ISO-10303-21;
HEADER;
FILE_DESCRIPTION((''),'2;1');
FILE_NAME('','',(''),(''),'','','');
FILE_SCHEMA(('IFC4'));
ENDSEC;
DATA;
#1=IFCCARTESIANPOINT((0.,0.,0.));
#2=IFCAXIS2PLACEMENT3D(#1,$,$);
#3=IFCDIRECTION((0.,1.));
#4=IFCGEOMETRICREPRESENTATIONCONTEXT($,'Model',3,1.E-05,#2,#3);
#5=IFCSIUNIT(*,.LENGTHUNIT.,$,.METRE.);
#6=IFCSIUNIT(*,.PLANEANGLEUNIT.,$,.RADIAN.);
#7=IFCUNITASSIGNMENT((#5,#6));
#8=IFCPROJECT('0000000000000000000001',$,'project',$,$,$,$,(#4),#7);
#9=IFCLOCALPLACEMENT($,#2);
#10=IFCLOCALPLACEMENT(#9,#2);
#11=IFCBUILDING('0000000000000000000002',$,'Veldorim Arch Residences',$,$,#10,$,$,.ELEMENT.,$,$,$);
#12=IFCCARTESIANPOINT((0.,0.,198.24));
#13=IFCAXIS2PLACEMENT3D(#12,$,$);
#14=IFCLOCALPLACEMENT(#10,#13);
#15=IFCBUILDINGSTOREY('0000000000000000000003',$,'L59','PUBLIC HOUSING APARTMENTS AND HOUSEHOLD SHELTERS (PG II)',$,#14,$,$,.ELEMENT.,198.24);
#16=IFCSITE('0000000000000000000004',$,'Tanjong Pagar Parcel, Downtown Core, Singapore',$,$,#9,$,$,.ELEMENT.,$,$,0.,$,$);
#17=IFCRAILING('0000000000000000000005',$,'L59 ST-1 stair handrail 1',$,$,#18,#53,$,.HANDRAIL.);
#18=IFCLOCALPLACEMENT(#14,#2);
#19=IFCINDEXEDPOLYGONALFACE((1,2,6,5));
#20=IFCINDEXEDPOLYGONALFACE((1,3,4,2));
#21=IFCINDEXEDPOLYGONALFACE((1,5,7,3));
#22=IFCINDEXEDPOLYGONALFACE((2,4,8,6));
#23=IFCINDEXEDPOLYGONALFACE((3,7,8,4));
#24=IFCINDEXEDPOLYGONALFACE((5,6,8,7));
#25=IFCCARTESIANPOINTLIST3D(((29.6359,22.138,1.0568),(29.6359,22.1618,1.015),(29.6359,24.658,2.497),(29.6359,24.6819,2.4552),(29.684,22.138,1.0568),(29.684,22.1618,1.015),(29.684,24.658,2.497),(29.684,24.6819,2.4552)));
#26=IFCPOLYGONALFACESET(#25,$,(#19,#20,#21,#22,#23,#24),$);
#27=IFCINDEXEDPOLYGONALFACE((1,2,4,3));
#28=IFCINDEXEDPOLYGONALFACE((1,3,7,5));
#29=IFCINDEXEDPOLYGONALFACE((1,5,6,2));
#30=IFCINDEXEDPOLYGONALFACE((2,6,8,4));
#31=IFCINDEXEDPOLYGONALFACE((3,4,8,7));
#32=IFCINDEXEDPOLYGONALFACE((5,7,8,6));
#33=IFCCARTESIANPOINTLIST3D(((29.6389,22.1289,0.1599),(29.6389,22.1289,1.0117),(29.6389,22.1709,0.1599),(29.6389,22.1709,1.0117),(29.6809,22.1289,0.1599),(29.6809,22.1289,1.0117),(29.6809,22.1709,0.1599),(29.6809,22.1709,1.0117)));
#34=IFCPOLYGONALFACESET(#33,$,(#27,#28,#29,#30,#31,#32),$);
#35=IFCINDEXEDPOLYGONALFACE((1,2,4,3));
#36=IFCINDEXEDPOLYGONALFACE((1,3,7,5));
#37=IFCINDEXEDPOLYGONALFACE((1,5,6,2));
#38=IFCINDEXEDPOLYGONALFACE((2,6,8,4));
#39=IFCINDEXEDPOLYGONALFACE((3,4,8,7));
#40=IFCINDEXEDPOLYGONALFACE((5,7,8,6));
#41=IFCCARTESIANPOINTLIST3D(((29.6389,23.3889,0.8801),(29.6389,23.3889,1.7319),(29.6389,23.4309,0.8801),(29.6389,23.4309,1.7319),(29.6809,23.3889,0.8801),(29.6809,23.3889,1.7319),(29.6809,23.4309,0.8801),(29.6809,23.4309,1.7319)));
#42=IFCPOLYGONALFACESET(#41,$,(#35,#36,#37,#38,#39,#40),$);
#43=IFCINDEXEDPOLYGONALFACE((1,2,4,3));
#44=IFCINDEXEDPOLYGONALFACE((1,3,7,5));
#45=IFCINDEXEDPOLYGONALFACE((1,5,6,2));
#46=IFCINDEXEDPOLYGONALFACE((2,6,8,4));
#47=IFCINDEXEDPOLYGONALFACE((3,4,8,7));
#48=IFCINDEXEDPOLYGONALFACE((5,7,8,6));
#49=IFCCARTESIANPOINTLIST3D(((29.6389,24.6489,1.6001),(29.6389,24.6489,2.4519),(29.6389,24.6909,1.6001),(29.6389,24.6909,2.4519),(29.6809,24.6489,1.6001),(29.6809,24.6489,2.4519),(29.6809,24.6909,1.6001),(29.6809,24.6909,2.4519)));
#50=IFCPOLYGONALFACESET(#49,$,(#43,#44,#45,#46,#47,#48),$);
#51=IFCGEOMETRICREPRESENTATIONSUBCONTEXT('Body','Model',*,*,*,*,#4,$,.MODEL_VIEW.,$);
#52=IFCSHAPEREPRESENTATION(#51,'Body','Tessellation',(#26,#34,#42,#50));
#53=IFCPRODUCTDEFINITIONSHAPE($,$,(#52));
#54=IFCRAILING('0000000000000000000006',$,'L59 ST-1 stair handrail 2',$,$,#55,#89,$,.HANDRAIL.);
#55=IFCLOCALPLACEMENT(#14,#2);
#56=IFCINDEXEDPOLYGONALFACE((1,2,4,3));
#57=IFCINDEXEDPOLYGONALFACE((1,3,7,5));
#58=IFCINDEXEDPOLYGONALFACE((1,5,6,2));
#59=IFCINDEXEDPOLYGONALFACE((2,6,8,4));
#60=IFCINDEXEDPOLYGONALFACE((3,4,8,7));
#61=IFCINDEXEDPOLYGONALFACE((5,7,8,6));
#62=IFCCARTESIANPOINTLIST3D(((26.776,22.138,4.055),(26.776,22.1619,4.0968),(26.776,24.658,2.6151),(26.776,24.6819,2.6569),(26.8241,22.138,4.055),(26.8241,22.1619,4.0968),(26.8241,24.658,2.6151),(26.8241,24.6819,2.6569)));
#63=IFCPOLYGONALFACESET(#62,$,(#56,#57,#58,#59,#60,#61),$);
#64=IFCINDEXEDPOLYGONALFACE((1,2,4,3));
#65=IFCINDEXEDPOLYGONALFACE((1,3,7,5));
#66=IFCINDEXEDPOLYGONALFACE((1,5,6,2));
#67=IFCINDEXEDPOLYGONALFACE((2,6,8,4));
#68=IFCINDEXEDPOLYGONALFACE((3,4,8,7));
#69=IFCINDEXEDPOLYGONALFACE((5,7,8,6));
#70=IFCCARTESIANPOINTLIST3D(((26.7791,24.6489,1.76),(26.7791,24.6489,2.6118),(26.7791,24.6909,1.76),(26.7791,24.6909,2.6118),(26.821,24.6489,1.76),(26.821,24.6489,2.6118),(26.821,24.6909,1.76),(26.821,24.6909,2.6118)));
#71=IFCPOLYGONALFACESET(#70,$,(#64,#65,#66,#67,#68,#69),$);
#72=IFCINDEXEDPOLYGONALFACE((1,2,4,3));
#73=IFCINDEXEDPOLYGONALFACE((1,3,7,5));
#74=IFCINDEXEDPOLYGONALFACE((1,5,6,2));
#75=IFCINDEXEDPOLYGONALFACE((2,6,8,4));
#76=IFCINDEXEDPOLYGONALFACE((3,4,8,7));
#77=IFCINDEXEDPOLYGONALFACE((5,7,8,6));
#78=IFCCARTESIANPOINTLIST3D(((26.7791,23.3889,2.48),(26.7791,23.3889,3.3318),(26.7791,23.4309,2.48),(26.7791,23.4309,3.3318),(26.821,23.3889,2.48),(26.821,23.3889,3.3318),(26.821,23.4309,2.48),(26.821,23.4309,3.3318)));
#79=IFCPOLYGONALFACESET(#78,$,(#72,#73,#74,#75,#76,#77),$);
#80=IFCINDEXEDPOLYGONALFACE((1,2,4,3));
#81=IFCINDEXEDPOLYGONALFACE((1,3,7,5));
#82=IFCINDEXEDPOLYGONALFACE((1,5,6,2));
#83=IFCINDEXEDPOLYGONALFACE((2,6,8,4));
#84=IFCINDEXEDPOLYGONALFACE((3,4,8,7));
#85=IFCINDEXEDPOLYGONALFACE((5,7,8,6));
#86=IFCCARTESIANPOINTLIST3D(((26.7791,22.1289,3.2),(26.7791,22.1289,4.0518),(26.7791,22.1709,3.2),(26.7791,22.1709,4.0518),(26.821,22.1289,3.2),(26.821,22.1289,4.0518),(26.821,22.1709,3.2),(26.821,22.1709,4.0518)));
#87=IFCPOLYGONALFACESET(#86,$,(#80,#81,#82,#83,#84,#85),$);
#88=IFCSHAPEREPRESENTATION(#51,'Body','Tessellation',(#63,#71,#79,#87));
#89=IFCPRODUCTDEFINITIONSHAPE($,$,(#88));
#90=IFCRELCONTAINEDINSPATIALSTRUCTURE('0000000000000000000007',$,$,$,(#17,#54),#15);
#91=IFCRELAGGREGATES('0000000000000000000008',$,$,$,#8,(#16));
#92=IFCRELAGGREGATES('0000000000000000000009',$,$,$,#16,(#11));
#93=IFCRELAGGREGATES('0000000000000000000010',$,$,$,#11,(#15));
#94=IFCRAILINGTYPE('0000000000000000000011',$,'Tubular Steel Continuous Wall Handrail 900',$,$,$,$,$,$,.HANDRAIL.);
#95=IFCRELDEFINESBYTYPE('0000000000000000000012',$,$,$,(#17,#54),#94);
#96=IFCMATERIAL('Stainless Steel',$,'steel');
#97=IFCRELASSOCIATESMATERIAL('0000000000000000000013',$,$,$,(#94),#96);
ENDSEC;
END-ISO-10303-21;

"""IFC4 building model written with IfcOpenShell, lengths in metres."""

from ifc_helpers import new_model, si_unit, direction, frame, origin, origin_2d, place, context, subcontext, project, spatial, rectangle, extrude, material, type_object, element, save


model = new_model("IFC4")

# Units and contexts
model_context = context("Model", 3, precision=1e-05, world=origin(), true_north=direction((0.0, 1.0)))
body_context = subcontext(model_context, "Body", "Model", "MODEL_VIEW")
ifc_project = project(units=[si_unit("LENGTHUNIT", "METRE"), si_unit("PLANEANGLEUNIT", "RADIAN")], contexts=[model_context])

# Site, building, storey
site_placement = place(None, origin())
site = spatial("IfcSite", under=ifc_project, at=site_placement, Name="Tanjong Pagar Parcel, Downtown Core, Singapore", CompositionType="ELEMENT", RefElevation=0.0)
building_placement = place(site_placement, origin())
building = spatial("IfcBuilding", under=site, at=building_placement, Name="Veldorim Arch Residences", CompositionType="ELEMENT")
storey_placement = place(building_placement, frame((0.0, 0.0, 198.24)))
storey = spatial("IfcBuildingStorey", under=building, at=storey_placement, Name="L59", Description="PUBLIC HOUSING APARTMENTS AND HOUSEHOLD SHELTERS (PG II)", CompositionType="ELEMENT", Elevation=198.24)

# Railings
ifc_material_1 = material(Name="Stainless Steel", Category="steel")
railing_type_1 = type_object("IfcRailingType", Name="Tubular Steel Continuous Wall Handrail 900", PredefinedType="HANDRAIL", material=ifc_material_1)
railing_1_placement = place(storey_placement, frame((29.6599, 22.1499, 0.1599)))
element("IfcRailing", 1, at=railing_1_placement, inside=storey, type_object=railing_type_1, Name="L59 ST-1 stair handrail 1", PredefinedType="HANDRAIL", context=body_context, shape_type="SweptSolid", body=[
    extrude(rectangle(XDim=0.0481, YDim=0.0481, at=origin_2d()), frame((0.0, 0.0, 0.876), z_axis=(0.0, 0.868217, 0.496184), x_axis=(-1.0, 0.0, 0.0)), (0.0, 0.0, 1.0), 2.9026),
    extrude(rectangle(XDim=0.042, YDim=0.042, at=origin_2d()), origin(), (0.0, 0.0, 1.0), 0.8518),
    extrude(rectangle(XDim=0.042, YDim=0.042, at=origin_2d()), frame((0.0, 1.26, 0.7202)), (0.0, 0.0, 1.0), 0.8518),
    extrude(rectangle(XDim=0.042, YDim=0.042, at=origin_2d()), frame((0.0, 2.52, 1.4402)), (0.0, 0.0, 1.0), 0.8518),
])
railing_2_placement = place(storey_placement, frame((26.8, 24.6699, 1.76)))
element("IfcRailing", 2, at=railing_2_placement, inside=storey, type_object=railing_type_1, Name="L59 ST-1 stair handrail 2", PredefinedType="HANDRAIL", context=body_context, shape_type="SweptSolid", body=[
    extrude(rectangle(XDim=0.0481, YDim=0.0481, at=origin_2d()), frame((0.0, 0.0, 0.876), z_axis=(0.0, -0.868253, 0.496121), x_axis=(1.0, 0.0, 0.0)), (0.0, 0.0, 1.0), 2.9023),
    extrude(rectangle(XDim=0.042, YDim=0.042, at=origin_2d()), origin(), (0.0, 0.0, 1.0), 0.8518),
    extrude(rectangle(XDim=0.042, YDim=0.042, at=origin_2d()), frame((0.0, -1.26, 0.72)), (0.0, 0.0, 1.0), 0.8518),
    extrude(rectangle(XDim=0.042, YDim=0.042, at=origin_2d()), frame((0.0, -2.52, 1.4399)), (0.0, 0.0, 1.0), 0.8518),
])

save(model, "model.ifc")
